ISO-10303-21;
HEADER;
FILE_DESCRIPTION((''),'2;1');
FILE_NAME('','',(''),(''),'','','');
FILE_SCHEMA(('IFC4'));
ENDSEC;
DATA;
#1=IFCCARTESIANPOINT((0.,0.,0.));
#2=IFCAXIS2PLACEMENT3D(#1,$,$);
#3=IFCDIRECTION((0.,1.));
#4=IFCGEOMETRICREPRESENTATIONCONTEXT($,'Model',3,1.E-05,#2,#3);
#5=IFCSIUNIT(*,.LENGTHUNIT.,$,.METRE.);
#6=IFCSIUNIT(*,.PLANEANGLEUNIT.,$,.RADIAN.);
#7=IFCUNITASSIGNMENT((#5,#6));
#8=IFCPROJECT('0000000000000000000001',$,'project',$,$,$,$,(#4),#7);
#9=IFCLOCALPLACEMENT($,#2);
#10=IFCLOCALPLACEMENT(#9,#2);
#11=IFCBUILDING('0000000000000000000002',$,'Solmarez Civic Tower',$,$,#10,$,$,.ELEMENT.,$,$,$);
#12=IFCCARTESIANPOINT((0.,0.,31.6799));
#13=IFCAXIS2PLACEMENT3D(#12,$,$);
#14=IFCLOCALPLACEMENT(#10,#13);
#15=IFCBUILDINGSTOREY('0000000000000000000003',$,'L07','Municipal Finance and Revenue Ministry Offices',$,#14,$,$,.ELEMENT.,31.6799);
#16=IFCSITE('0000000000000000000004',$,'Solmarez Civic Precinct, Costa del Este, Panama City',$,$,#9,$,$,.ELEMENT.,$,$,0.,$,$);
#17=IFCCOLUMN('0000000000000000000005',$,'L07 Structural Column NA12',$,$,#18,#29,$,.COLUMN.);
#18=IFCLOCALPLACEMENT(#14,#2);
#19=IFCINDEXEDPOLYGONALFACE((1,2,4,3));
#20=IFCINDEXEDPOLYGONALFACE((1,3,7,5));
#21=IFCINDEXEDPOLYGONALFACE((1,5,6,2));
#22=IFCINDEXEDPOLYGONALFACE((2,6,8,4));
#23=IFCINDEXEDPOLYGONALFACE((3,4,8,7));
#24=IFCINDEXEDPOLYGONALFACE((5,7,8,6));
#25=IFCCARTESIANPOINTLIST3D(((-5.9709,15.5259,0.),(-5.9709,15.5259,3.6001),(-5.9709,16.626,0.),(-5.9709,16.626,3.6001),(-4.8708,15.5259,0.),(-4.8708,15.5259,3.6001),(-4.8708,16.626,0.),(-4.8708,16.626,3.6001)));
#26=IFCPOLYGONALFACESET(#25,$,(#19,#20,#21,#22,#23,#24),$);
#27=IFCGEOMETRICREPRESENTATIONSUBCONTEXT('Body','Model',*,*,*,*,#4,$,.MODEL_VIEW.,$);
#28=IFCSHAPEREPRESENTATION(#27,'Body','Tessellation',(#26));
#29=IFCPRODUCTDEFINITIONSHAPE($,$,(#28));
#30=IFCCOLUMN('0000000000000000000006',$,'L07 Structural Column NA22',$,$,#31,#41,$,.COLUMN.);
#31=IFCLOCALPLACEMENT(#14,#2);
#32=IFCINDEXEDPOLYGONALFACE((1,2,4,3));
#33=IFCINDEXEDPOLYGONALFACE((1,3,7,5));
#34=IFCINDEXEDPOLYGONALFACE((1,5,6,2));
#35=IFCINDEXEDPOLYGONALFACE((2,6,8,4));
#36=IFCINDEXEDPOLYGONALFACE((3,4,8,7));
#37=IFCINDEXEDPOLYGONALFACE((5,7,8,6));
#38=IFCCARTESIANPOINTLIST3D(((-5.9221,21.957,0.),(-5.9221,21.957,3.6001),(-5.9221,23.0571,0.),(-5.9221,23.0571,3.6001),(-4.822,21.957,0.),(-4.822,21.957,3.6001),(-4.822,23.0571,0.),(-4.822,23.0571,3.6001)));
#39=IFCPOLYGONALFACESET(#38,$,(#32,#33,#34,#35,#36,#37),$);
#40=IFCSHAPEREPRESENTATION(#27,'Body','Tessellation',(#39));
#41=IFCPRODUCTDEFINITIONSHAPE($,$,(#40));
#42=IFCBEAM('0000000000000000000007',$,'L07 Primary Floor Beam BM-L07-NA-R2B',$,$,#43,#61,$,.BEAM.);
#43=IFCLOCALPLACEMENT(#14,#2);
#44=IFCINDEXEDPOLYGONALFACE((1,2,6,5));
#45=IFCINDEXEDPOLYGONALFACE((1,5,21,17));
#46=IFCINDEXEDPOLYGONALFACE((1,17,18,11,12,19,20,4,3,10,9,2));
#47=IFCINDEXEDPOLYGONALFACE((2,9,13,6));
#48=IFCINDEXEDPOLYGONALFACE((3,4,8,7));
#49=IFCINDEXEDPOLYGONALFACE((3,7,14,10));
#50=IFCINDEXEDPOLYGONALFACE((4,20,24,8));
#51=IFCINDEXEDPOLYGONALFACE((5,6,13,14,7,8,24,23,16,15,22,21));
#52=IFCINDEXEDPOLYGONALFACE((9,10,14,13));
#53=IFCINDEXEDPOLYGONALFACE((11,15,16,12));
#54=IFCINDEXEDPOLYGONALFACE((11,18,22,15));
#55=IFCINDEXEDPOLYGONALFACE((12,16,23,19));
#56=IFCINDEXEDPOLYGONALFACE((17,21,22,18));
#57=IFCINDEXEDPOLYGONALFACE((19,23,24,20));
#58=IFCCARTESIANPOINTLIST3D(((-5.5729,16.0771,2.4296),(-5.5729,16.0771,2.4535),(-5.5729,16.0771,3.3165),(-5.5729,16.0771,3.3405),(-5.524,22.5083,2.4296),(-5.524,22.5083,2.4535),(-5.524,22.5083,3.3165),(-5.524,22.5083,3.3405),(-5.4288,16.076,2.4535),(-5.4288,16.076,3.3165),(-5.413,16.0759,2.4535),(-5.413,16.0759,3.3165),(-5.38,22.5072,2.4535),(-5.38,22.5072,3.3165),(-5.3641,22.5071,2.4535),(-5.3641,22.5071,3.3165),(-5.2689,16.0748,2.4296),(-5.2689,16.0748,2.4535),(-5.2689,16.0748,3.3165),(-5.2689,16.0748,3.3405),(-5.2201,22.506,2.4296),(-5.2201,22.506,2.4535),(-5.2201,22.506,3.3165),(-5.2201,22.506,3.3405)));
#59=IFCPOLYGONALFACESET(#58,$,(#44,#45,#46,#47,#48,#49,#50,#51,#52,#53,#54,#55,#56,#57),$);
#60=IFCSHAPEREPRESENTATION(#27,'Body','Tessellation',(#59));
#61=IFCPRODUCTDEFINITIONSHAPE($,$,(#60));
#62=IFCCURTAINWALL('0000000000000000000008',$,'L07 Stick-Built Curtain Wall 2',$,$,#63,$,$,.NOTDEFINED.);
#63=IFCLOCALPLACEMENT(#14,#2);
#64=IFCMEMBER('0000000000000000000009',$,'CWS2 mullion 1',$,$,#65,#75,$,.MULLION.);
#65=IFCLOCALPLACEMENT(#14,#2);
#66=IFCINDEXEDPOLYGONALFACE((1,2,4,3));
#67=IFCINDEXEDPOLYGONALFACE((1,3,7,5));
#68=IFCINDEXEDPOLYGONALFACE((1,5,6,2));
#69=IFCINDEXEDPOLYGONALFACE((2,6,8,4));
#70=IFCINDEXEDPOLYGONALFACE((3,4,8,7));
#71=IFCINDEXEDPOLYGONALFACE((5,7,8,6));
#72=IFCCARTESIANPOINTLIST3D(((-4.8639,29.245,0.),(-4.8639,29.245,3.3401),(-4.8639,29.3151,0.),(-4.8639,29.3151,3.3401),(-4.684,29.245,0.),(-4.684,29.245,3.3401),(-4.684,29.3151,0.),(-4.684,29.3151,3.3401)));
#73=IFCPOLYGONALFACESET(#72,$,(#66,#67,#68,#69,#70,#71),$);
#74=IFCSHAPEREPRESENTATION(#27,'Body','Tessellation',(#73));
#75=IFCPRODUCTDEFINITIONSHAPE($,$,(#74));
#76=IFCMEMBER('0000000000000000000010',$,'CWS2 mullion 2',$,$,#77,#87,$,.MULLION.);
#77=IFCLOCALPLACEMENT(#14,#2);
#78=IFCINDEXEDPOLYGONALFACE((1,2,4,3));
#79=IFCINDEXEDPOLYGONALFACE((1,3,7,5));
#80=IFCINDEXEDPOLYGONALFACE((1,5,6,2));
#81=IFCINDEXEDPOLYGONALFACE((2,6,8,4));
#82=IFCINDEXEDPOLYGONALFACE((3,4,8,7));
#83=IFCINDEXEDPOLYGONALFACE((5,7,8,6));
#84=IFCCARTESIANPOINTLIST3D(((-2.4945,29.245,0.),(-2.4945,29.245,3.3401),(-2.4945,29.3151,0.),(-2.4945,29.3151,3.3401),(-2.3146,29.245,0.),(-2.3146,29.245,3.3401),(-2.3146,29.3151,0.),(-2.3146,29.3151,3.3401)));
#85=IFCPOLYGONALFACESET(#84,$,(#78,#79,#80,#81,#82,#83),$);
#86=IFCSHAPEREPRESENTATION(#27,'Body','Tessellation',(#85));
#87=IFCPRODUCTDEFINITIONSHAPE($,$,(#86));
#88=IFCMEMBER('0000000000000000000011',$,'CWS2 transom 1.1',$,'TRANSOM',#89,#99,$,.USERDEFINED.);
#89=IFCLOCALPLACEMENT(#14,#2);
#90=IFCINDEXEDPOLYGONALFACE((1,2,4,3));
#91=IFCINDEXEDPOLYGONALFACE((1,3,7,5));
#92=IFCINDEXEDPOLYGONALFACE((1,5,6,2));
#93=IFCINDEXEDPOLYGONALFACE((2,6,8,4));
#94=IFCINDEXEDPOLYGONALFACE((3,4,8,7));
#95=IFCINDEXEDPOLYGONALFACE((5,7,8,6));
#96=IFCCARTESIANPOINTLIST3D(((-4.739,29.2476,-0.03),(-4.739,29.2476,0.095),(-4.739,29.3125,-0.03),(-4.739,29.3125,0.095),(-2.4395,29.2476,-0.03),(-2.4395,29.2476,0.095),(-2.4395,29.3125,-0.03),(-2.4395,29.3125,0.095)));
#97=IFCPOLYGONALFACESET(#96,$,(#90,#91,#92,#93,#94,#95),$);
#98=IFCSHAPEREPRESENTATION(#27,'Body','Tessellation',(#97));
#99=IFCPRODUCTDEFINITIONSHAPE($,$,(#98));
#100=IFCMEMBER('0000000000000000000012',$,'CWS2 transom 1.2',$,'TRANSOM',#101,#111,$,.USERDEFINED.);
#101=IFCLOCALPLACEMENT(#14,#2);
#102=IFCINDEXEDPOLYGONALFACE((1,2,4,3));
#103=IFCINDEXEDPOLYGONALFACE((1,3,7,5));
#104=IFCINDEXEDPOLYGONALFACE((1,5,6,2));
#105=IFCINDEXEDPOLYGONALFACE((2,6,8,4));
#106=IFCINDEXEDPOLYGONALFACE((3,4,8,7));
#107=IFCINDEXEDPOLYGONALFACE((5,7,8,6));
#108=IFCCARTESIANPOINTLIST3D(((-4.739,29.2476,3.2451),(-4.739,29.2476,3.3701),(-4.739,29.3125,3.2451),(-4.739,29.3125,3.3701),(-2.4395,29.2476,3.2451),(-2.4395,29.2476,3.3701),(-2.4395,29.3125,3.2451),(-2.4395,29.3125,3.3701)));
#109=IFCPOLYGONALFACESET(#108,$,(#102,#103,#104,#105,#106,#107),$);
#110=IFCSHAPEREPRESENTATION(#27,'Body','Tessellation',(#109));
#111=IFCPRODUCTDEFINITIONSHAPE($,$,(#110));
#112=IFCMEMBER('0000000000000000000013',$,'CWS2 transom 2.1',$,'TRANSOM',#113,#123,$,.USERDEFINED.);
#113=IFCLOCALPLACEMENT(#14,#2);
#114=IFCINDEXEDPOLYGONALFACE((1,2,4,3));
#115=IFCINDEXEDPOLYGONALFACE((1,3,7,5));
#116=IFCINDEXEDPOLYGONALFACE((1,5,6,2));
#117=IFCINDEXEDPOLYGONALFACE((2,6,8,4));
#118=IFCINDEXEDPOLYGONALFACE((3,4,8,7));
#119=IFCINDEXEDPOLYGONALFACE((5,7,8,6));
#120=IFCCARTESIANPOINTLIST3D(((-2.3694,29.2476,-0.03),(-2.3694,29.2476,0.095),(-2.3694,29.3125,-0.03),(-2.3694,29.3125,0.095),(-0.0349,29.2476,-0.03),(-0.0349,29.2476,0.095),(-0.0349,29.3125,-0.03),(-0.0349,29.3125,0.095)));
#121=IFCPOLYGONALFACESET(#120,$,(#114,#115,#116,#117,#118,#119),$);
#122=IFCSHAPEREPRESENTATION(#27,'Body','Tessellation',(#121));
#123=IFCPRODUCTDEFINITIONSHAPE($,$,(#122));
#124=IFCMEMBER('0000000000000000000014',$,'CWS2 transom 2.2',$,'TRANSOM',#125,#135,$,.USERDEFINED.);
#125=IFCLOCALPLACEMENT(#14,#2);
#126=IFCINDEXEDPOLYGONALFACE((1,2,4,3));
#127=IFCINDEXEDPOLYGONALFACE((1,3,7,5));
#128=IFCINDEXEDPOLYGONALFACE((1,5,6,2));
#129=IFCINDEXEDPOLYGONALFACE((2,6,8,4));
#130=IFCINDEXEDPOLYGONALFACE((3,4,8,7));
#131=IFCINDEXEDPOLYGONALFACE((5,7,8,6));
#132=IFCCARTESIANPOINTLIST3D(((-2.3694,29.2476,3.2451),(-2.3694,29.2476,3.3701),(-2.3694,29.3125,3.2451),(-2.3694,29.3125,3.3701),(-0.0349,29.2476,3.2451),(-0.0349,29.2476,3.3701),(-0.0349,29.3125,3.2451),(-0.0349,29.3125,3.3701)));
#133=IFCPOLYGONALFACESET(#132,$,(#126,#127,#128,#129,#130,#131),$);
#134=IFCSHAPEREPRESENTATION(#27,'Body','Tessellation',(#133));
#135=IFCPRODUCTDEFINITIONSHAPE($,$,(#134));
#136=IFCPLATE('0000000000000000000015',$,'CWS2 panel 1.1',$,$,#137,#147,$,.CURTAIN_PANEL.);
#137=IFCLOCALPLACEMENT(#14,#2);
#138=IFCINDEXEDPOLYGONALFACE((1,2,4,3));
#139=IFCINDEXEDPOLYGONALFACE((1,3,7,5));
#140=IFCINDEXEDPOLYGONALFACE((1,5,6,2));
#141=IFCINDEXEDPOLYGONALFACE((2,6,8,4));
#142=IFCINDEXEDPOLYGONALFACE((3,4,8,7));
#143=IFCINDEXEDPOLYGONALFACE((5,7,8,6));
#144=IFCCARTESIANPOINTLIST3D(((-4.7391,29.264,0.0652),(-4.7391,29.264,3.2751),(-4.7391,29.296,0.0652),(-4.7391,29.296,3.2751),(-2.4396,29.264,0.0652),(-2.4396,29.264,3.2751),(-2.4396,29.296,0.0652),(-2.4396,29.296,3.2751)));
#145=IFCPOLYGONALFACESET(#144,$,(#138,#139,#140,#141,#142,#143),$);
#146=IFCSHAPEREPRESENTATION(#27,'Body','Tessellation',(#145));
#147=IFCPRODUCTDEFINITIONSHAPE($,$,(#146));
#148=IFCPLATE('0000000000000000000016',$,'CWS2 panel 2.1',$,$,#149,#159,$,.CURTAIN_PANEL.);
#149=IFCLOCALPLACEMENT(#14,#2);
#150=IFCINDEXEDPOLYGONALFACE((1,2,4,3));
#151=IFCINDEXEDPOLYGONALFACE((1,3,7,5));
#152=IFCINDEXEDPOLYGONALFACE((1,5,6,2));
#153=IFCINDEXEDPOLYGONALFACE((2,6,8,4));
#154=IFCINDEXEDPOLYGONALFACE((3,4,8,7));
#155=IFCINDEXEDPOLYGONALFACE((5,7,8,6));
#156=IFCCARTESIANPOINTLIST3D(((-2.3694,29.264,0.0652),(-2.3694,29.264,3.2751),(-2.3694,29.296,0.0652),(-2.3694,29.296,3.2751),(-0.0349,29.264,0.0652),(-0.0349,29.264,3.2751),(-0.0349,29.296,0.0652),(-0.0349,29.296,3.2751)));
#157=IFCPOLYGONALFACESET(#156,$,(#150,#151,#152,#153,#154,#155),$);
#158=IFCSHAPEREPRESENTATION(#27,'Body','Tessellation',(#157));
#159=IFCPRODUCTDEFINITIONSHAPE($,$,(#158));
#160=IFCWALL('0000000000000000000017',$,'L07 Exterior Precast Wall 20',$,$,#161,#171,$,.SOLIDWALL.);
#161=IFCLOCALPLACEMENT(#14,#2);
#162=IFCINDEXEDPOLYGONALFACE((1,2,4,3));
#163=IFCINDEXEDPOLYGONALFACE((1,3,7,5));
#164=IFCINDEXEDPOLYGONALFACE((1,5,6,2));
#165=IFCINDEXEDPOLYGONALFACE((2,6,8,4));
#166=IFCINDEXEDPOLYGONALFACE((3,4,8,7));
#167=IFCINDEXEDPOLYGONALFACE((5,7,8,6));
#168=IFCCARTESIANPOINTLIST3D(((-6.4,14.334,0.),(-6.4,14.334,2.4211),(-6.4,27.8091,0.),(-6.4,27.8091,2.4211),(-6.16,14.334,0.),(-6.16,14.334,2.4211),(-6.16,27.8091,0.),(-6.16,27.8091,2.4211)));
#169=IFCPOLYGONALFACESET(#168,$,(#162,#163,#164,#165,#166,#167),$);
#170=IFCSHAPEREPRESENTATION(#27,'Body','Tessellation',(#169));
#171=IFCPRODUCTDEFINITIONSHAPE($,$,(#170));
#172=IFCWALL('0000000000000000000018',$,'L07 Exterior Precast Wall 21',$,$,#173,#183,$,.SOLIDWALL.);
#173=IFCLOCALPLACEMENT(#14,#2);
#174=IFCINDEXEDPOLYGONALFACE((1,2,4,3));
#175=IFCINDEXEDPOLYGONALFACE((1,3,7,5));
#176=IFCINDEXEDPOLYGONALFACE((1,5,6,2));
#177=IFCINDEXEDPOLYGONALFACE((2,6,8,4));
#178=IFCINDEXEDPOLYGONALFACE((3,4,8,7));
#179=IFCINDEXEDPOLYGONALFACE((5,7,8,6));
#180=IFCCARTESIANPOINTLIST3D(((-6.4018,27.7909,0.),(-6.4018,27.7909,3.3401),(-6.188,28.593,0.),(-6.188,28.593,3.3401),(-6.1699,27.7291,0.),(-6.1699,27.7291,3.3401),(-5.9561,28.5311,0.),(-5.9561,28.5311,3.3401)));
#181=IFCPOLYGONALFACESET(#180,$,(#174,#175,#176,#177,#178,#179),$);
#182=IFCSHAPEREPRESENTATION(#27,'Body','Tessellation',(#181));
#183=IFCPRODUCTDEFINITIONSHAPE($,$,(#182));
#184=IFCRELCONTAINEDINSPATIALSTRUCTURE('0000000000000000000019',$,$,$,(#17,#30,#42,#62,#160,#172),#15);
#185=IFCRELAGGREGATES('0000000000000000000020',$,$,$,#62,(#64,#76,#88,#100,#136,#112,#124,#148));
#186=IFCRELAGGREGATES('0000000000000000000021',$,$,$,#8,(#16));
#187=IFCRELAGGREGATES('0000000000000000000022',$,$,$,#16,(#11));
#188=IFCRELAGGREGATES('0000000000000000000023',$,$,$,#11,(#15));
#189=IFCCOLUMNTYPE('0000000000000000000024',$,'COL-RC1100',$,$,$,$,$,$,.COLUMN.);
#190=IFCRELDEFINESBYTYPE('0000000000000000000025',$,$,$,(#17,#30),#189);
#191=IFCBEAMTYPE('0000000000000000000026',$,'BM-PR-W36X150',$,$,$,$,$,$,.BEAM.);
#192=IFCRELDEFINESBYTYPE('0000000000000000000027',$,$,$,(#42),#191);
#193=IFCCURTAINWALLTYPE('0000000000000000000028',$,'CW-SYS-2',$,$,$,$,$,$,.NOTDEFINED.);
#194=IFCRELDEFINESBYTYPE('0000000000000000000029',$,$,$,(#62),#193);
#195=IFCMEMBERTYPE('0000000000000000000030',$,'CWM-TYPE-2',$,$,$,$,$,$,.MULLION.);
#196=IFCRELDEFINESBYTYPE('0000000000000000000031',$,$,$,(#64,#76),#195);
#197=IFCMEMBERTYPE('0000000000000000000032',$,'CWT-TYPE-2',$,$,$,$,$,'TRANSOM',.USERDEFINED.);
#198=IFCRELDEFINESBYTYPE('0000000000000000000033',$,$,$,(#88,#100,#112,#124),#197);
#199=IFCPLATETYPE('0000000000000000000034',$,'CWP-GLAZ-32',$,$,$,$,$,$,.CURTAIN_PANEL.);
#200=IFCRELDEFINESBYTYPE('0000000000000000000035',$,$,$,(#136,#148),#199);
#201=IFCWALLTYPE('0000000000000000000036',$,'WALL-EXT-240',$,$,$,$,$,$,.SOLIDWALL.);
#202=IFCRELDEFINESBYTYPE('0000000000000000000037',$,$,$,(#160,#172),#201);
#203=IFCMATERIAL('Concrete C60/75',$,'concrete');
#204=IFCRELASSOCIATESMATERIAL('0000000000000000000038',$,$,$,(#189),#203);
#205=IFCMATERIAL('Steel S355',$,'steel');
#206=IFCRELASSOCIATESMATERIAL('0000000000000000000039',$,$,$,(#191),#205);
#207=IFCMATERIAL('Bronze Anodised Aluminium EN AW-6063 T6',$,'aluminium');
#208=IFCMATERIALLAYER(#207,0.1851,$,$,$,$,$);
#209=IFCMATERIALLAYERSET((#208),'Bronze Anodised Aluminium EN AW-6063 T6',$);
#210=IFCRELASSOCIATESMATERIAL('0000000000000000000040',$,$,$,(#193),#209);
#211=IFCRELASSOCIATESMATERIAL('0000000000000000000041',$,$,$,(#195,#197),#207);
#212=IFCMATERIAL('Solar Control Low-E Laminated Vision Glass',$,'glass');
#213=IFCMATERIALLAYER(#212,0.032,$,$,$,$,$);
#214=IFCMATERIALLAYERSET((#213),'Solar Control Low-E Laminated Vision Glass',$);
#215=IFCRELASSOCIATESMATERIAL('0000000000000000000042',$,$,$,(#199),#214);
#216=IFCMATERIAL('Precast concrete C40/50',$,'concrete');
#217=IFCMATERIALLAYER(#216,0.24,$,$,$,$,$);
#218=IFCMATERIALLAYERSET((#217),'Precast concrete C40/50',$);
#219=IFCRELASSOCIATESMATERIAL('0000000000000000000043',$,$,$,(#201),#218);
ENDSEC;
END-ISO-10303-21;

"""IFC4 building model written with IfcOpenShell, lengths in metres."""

from ifc_helpers import new_model, si_unit, direction, frame, frame_2d, origin, origin_2d, place, context, subcontext, project, spatial, rectangle, i_section, extrude, material, layer, layer_set, material_profile, profile_set, type_object, element, aggregate, save


model = new_model("IFC4")

# Units and contexts
model_context = context("Model", 3, precision=1e-05, world=origin(), true_north=direction((0.0, 1.0)))
body_context = subcontext(model_context, "Body", "Model", "MODEL_VIEW")
ifc_project = project(units=[si_unit("LENGTHUNIT", "METRE"), si_unit("PLANEANGLEUNIT", "RADIAN")], contexts=[model_context])

# Site, building, storey
site_placement = place(None, origin())
site = spatial("IfcSite", under=ifc_project, at=site_placement, Name="Solmarez Civic Precinct, Costa del Este, Panama City", CompositionType="ELEMENT", RefElevation=0.0)
building_placement = place(site_placement, origin())
building = spatial("IfcBuilding", under=site, at=building_placement, Name="Solmarez Civic Tower", CompositionType="ELEMENT")
storey_placement = place(building_placement, frame((0.0, 0.0, 31.6799)))
storey = spatial("IfcBuildingStorey", under=building, at=storey_placement, Name="L07", Description="Municipal Finance and Revenue Ministry Offices", CompositionType="ELEMENT", Elevation=31.6799)

# Columns
ifc_material_1 = material(Name="Concrete C60/75", Category="concrete")
ifc_material_profile_1 = material_profile(ifc_material_1, rectangle(XDim=1.1001, YDim=1.1001, at=origin_2d()), Name="RC1100X1100")
ifc_profile_set_1 = profile_set([ifc_material_profile_1], Name="Concrete C60/75")
column_type = type_object("IfcColumnType", Name="COL-RC1100", PredefinedType="COLUMN", material=ifc_profile_set_1)
for number, where, z_axis, x_axis, name in (
    (1, (-5.4209, 16.0759, 0.0), (0.0, 0.0, 1.0), (1.0, 0.0, 0.0), "L07 Structural Column NA12"),
    (2, (-5.3721, 22.5071, 0.0), (0.0, 0.0, 1.0), (1.0, 0.0, 0.0), "L07 Structural Column NA22"),
):
    element("IfcColumn", number, at=place(storey_placement, frame(where, z_axis=z_axis, x_axis=x_axis)), inside=storey, type_object=column_type, Name=name, PredefinedType="COLUMN", context=body_context, shape_type="SweptSolid", body=[
        extrude(rectangle(XDim=1.1001, YDim=1.1001, at=origin_2d()), origin(), (0.0, 0.0, 1.0), 3.6001),
    ])

# Beam
ifc_material_2 = material(Name="Steel S355", Category="steel")
ifc_material_profile_2 = material_profile(ifc_material_2, i_section(OverallWidth=0.304, OverallDepth=0.9109, WebThickness=0.0159, FlangeThickness=0.0239, at=origin_2d()), Name="W36X150")
ifc_profile_set_2 = profile_set([ifc_material_profile_2], Name="Steel S355")
beam_type = type_object("IfcBeamType", Name="BM-PR-W36X150", PredefinedType="BEAM", material=ifc_profile_set_2)
beam_placement = place(storey_placement, frame((-5.4209, 16.0759, 2.885), z_axis=(0.007592, 0.999971, 0.0), x_axis=(-0.999971, 0.007592, 0.0)))
element("IfcBeam", 3, at=beam_placement, inside=storey, type_object=beam_type, Name="L07 Primary Floor Beam BM-L07-NA-R2B", PredefinedType="BEAM", context=body_context, shape_type="SweptSolid", body=[
    extrude(i_section(OverallWidth=0.304, OverallDepth=0.9109, WebThickness=0.0159, FlangeThickness=0.0239, at=origin_2d()), origin(), (0.0, 0.0, 1.0), 6.4314),
])

# Curtain wall, members, plates
ifc_material_3 = material(Name="Bronze Anodised Aluminium EN AW-6063 T6", Category="aluminium")
ifc_layer_1 = layer(ifc_material_3, 0.1851)
ifc_layer_set_1 = layer_set([ifc_layer_1], Name="Bronze Anodised Aluminium EN AW-6063 T6")
curtain_wall_type = type_object("IfcCurtainWallType", Name="CW-SYS-2", PredefinedType="NOTDEFINED", material=ifc_layer_set_1)
curtain_wall_placement = place(storey_placement, origin())
curtain_wall = element("IfcCurtainWall", 4, at=curtain_wall_placement, inside=storey, type_object=curtain_wall_type, Name="L07 Stick-Built Curtain Wall 2", PredefinedType="NOTDEFINED")
ifc_material_profile_3 = material_profile(ifc_material_3, rectangle(XDim=0.0701, YDim=0.1799, at=origin_2d()), Name="CWM-70X180")
ifc_profile_set_3 = profile_set([ifc_material_profile_3], Name="Bronze Anodised Aluminium EN AW-6063 T6")
member_type_1 = type_object("IfcMemberType", Name="CWM-TYPE-2", PredefinedType="MULLION", material=ifc_profile_set_3)
member_1_placement = place(storey_placement, frame((-4.7739, 29.28, 0.0), z_axis=(0.0, 0.0, 1.0), x_axis=(0.0, 1.0, 0.0)))
member_1 = element("IfcMember", 5, at=member_1_placement, type_object=member_type_1, Name="CWS2 mullion 1", PredefinedType="MULLION", context=body_context, shape_type="SweptSolid", body=[
    extrude(rectangle(XDim=0.0701, YDim=0.1799, at=origin_2d()), origin(), (0.0, 0.0, 1.0), 3.3401),
])
member_2_placement = place(storey_placement, frame((-2.4045, 29.28, 0.0), z_axis=(0.0, 0.0, 1.0), x_axis=(0.0, 1.0, 0.0)))
member_2 = element("IfcMember", 6, at=member_2_placement, type_object=member_type_1, Name="CWS2 mullion 2", PredefinedType="MULLION", context=body_context, shape_type="SweptSolid", body=[
    extrude(rectangle(XDim=0.0701, YDim=0.1799, at=origin_2d()), origin(), (0.0, 0.0, 1.0), 3.3401),
])
ifc_material_profile_4 = material_profile(ifc_material_3, rectangle(XDim=0.0649, YDim=0.125, at=origin_2d()), Name="CWT-65X125")
ifc_profile_set_4 = profile_set([ifc_material_profile_4], Name="Bronze Anodised Aluminium EN AW-6063 T6")
member_type_2 = type_object("IfcMemberType", Name="CWT-TYPE-2", ElementType="TRANSOM", PredefinedType="USERDEFINED", material=ifc_profile_set_4)
member_3_placement = place(storey_placement, frame((-4.739, 29.28, 0.0325), z_axis=(1.0, 0.0, 0.0), x_axis=(0.0, 1.0, 0.0)))
member_3 = element("IfcMember", 7, at=member_3_placement, type_object=member_type_2, Name="CWS2 transom 1.1", ObjectType="TRANSOM", PredefinedType="USERDEFINED", context=body_context, shape_type="SweptSolid", body=[
    extrude(rectangle(XDim=0.0649, YDim=0.125, at=origin_2d()), origin(), (0.0, 0.0, 1.0), 2.2996),
])
member_4_placement = place(storey_placement, frame((-4.739, 29.28, 3.3076), z_axis=(1.0, 0.0, 0.0), x_axis=(0.0, 1.0, 0.0)))
member_4 = element("IfcMember", 8, at=member_4_placement, type_object=member_type_2, Name="CWS2 transom 1.2", ObjectType="TRANSOM", PredefinedType="USERDEFINED", context=body_context, shape_type="SweptSolid", body=[
    extrude(rectangle(XDim=0.0649, YDim=0.125, at=origin_2d()), origin(), (0.0, 0.0, 1.0), 2.2996),
])
member_5_placement = place(storey_placement, frame((-2.3694, 29.28, 0.0325), z_axis=(1.0, 0.0, 0.0), x_axis=(0.0, 1.0, 0.0)))
member_5 = element("IfcMember", 9, at=member_5_placement, type_object=member_type_2, Name="CWS2 transom 2.1", ObjectType="TRANSOM", PredefinedType="USERDEFINED", context=body_context, shape_type="SweptSolid", body=[
    extrude(rectangle(XDim=0.0649, YDim=0.125, at=origin_2d()), origin(), (0.0, 0.0, 1.0), 2.3345),
])
member_6_placement = place(storey_placement, frame((-2.3694, 29.28, 3.3076), z_axis=(1.0, 0.0, 0.0), x_axis=(0.0, 1.0, 0.0)))
member_6 = element("IfcMember", 10, at=member_6_placement, type_object=member_type_2, Name="CWS2 transom 2.2", ObjectType="TRANSOM", PredefinedType="USERDEFINED", context=body_context, shape_type="SweptSolid", body=[
    extrude(rectangle(XDim=0.0649, YDim=0.125, at=origin_2d()), origin(), (0.0, 0.0, 1.0), 2.3345),
])
ifc_material_4 = material(Name="Solar Control Low-E Laminated Vision Glass", Category="glass")
ifc_layer_2 = layer(ifc_material_4, 0.032)
ifc_layer_set_2 = layer_set([ifc_layer_2], Name="Solar Control Low-E Laminated Vision Glass")
plate_type = type_object("IfcPlateType", Name="CWP-GLAZ-32", PredefinedType="CURTAIN_PANEL", material=ifc_layer_set_2)
plate_1_placement = place(storey_placement, frame((-3.5894, 29.28, 0.0652), z_axis=(0.0, 0.0, 1.0), x_axis=(1.0, 0.0, 0.0)))
plate_1 = element("IfcPlate", 11, at=plate_1_placement, type_object=plate_type, Name="CWS2 panel 1.1", PredefinedType="CURTAIN_PANEL", context=body_context, shape_type="SweptSolid", body=[
    extrude(rectangle(XDim=2.2996, YDim=0.032, at=origin_2d()), origin(), (0.0, 0.0, 1.0), 3.21),
])
plate_2_placement = place(storey_placement, frame((-1.2021, 29.28, 0.0652), z_axis=(0.0, 0.0, 1.0), x_axis=(1.0, 0.0, 0.0)))
plate_2 = element("IfcPlate", 12, at=plate_2_placement, type_object=plate_type, Name="CWS2 panel 2.1", PredefinedType="CURTAIN_PANEL", context=body_context, shape_type="SweptSolid", body=[
    extrude(rectangle(XDim=2.3345, YDim=0.032, at=origin_2d()), origin(), (0.0, 0.0, 1.0), 3.21),
])
aggregate(curtain_wall, [member_1, member_2, member_3, member_4, plate_1, member_5, member_6, plate_2])

# Walls
ifc_material_5 = material(Name="Precast concrete C40/50", Category="concrete")
ifc_layer_3 = layer(ifc_material_5, 0.24)
ifc_layer_set_3 = layer_set([ifc_layer_3], Name="Precast concrete C40/50")
wall_type_1 = type_object("IfcWallType", Name="WALL-EXT-240", PredefinedType="SOLIDWALL", material=ifc_layer_set_3)
wall_1_placement = place(storey_placement, frame((-6.28, 14.334, 0.0), z_axis=(0.0, 0.0, 1.0), x_axis=(0.0, 1.0, 0.0)))
element("IfcWall", 13, at=wall_1_placement, inside=storey, type_object=wall_type_1, Name="L07 Exterior Precast Wall 20", PredefinedType="SOLIDWALL", context=body_context, shape_type="SweptSolid", body=[
    extrude(rectangle(XDim=13.4751, YDim=0.24, at=frame_2d((6.7375, 0.0))), origin(), (0.0, 0.0, 1.0), 2.4211),
])
wall_2_placement = place(storey_placement, frame((-6.2859, 27.76, 0.0), z_axis=(0.0, 0.0, 1.0), x_axis=(0.257663, 0.966235, 0.0)))
element("IfcWall", 14, at=wall_2_placement, inside=storey, type_object=wall_type_1, Name="L07 Exterior Precast Wall 21", PredefinedType="SOLIDWALL", context=body_context, shape_type="SweptSolid", body=[
    extrude(rectangle(XDim=0.8301, YDim=0.24, at=frame_2d((0.415, 0.0))), origin(), (0.0, 0.0, 1.0), 3.3401),
])

save(model, "model.ifc")
